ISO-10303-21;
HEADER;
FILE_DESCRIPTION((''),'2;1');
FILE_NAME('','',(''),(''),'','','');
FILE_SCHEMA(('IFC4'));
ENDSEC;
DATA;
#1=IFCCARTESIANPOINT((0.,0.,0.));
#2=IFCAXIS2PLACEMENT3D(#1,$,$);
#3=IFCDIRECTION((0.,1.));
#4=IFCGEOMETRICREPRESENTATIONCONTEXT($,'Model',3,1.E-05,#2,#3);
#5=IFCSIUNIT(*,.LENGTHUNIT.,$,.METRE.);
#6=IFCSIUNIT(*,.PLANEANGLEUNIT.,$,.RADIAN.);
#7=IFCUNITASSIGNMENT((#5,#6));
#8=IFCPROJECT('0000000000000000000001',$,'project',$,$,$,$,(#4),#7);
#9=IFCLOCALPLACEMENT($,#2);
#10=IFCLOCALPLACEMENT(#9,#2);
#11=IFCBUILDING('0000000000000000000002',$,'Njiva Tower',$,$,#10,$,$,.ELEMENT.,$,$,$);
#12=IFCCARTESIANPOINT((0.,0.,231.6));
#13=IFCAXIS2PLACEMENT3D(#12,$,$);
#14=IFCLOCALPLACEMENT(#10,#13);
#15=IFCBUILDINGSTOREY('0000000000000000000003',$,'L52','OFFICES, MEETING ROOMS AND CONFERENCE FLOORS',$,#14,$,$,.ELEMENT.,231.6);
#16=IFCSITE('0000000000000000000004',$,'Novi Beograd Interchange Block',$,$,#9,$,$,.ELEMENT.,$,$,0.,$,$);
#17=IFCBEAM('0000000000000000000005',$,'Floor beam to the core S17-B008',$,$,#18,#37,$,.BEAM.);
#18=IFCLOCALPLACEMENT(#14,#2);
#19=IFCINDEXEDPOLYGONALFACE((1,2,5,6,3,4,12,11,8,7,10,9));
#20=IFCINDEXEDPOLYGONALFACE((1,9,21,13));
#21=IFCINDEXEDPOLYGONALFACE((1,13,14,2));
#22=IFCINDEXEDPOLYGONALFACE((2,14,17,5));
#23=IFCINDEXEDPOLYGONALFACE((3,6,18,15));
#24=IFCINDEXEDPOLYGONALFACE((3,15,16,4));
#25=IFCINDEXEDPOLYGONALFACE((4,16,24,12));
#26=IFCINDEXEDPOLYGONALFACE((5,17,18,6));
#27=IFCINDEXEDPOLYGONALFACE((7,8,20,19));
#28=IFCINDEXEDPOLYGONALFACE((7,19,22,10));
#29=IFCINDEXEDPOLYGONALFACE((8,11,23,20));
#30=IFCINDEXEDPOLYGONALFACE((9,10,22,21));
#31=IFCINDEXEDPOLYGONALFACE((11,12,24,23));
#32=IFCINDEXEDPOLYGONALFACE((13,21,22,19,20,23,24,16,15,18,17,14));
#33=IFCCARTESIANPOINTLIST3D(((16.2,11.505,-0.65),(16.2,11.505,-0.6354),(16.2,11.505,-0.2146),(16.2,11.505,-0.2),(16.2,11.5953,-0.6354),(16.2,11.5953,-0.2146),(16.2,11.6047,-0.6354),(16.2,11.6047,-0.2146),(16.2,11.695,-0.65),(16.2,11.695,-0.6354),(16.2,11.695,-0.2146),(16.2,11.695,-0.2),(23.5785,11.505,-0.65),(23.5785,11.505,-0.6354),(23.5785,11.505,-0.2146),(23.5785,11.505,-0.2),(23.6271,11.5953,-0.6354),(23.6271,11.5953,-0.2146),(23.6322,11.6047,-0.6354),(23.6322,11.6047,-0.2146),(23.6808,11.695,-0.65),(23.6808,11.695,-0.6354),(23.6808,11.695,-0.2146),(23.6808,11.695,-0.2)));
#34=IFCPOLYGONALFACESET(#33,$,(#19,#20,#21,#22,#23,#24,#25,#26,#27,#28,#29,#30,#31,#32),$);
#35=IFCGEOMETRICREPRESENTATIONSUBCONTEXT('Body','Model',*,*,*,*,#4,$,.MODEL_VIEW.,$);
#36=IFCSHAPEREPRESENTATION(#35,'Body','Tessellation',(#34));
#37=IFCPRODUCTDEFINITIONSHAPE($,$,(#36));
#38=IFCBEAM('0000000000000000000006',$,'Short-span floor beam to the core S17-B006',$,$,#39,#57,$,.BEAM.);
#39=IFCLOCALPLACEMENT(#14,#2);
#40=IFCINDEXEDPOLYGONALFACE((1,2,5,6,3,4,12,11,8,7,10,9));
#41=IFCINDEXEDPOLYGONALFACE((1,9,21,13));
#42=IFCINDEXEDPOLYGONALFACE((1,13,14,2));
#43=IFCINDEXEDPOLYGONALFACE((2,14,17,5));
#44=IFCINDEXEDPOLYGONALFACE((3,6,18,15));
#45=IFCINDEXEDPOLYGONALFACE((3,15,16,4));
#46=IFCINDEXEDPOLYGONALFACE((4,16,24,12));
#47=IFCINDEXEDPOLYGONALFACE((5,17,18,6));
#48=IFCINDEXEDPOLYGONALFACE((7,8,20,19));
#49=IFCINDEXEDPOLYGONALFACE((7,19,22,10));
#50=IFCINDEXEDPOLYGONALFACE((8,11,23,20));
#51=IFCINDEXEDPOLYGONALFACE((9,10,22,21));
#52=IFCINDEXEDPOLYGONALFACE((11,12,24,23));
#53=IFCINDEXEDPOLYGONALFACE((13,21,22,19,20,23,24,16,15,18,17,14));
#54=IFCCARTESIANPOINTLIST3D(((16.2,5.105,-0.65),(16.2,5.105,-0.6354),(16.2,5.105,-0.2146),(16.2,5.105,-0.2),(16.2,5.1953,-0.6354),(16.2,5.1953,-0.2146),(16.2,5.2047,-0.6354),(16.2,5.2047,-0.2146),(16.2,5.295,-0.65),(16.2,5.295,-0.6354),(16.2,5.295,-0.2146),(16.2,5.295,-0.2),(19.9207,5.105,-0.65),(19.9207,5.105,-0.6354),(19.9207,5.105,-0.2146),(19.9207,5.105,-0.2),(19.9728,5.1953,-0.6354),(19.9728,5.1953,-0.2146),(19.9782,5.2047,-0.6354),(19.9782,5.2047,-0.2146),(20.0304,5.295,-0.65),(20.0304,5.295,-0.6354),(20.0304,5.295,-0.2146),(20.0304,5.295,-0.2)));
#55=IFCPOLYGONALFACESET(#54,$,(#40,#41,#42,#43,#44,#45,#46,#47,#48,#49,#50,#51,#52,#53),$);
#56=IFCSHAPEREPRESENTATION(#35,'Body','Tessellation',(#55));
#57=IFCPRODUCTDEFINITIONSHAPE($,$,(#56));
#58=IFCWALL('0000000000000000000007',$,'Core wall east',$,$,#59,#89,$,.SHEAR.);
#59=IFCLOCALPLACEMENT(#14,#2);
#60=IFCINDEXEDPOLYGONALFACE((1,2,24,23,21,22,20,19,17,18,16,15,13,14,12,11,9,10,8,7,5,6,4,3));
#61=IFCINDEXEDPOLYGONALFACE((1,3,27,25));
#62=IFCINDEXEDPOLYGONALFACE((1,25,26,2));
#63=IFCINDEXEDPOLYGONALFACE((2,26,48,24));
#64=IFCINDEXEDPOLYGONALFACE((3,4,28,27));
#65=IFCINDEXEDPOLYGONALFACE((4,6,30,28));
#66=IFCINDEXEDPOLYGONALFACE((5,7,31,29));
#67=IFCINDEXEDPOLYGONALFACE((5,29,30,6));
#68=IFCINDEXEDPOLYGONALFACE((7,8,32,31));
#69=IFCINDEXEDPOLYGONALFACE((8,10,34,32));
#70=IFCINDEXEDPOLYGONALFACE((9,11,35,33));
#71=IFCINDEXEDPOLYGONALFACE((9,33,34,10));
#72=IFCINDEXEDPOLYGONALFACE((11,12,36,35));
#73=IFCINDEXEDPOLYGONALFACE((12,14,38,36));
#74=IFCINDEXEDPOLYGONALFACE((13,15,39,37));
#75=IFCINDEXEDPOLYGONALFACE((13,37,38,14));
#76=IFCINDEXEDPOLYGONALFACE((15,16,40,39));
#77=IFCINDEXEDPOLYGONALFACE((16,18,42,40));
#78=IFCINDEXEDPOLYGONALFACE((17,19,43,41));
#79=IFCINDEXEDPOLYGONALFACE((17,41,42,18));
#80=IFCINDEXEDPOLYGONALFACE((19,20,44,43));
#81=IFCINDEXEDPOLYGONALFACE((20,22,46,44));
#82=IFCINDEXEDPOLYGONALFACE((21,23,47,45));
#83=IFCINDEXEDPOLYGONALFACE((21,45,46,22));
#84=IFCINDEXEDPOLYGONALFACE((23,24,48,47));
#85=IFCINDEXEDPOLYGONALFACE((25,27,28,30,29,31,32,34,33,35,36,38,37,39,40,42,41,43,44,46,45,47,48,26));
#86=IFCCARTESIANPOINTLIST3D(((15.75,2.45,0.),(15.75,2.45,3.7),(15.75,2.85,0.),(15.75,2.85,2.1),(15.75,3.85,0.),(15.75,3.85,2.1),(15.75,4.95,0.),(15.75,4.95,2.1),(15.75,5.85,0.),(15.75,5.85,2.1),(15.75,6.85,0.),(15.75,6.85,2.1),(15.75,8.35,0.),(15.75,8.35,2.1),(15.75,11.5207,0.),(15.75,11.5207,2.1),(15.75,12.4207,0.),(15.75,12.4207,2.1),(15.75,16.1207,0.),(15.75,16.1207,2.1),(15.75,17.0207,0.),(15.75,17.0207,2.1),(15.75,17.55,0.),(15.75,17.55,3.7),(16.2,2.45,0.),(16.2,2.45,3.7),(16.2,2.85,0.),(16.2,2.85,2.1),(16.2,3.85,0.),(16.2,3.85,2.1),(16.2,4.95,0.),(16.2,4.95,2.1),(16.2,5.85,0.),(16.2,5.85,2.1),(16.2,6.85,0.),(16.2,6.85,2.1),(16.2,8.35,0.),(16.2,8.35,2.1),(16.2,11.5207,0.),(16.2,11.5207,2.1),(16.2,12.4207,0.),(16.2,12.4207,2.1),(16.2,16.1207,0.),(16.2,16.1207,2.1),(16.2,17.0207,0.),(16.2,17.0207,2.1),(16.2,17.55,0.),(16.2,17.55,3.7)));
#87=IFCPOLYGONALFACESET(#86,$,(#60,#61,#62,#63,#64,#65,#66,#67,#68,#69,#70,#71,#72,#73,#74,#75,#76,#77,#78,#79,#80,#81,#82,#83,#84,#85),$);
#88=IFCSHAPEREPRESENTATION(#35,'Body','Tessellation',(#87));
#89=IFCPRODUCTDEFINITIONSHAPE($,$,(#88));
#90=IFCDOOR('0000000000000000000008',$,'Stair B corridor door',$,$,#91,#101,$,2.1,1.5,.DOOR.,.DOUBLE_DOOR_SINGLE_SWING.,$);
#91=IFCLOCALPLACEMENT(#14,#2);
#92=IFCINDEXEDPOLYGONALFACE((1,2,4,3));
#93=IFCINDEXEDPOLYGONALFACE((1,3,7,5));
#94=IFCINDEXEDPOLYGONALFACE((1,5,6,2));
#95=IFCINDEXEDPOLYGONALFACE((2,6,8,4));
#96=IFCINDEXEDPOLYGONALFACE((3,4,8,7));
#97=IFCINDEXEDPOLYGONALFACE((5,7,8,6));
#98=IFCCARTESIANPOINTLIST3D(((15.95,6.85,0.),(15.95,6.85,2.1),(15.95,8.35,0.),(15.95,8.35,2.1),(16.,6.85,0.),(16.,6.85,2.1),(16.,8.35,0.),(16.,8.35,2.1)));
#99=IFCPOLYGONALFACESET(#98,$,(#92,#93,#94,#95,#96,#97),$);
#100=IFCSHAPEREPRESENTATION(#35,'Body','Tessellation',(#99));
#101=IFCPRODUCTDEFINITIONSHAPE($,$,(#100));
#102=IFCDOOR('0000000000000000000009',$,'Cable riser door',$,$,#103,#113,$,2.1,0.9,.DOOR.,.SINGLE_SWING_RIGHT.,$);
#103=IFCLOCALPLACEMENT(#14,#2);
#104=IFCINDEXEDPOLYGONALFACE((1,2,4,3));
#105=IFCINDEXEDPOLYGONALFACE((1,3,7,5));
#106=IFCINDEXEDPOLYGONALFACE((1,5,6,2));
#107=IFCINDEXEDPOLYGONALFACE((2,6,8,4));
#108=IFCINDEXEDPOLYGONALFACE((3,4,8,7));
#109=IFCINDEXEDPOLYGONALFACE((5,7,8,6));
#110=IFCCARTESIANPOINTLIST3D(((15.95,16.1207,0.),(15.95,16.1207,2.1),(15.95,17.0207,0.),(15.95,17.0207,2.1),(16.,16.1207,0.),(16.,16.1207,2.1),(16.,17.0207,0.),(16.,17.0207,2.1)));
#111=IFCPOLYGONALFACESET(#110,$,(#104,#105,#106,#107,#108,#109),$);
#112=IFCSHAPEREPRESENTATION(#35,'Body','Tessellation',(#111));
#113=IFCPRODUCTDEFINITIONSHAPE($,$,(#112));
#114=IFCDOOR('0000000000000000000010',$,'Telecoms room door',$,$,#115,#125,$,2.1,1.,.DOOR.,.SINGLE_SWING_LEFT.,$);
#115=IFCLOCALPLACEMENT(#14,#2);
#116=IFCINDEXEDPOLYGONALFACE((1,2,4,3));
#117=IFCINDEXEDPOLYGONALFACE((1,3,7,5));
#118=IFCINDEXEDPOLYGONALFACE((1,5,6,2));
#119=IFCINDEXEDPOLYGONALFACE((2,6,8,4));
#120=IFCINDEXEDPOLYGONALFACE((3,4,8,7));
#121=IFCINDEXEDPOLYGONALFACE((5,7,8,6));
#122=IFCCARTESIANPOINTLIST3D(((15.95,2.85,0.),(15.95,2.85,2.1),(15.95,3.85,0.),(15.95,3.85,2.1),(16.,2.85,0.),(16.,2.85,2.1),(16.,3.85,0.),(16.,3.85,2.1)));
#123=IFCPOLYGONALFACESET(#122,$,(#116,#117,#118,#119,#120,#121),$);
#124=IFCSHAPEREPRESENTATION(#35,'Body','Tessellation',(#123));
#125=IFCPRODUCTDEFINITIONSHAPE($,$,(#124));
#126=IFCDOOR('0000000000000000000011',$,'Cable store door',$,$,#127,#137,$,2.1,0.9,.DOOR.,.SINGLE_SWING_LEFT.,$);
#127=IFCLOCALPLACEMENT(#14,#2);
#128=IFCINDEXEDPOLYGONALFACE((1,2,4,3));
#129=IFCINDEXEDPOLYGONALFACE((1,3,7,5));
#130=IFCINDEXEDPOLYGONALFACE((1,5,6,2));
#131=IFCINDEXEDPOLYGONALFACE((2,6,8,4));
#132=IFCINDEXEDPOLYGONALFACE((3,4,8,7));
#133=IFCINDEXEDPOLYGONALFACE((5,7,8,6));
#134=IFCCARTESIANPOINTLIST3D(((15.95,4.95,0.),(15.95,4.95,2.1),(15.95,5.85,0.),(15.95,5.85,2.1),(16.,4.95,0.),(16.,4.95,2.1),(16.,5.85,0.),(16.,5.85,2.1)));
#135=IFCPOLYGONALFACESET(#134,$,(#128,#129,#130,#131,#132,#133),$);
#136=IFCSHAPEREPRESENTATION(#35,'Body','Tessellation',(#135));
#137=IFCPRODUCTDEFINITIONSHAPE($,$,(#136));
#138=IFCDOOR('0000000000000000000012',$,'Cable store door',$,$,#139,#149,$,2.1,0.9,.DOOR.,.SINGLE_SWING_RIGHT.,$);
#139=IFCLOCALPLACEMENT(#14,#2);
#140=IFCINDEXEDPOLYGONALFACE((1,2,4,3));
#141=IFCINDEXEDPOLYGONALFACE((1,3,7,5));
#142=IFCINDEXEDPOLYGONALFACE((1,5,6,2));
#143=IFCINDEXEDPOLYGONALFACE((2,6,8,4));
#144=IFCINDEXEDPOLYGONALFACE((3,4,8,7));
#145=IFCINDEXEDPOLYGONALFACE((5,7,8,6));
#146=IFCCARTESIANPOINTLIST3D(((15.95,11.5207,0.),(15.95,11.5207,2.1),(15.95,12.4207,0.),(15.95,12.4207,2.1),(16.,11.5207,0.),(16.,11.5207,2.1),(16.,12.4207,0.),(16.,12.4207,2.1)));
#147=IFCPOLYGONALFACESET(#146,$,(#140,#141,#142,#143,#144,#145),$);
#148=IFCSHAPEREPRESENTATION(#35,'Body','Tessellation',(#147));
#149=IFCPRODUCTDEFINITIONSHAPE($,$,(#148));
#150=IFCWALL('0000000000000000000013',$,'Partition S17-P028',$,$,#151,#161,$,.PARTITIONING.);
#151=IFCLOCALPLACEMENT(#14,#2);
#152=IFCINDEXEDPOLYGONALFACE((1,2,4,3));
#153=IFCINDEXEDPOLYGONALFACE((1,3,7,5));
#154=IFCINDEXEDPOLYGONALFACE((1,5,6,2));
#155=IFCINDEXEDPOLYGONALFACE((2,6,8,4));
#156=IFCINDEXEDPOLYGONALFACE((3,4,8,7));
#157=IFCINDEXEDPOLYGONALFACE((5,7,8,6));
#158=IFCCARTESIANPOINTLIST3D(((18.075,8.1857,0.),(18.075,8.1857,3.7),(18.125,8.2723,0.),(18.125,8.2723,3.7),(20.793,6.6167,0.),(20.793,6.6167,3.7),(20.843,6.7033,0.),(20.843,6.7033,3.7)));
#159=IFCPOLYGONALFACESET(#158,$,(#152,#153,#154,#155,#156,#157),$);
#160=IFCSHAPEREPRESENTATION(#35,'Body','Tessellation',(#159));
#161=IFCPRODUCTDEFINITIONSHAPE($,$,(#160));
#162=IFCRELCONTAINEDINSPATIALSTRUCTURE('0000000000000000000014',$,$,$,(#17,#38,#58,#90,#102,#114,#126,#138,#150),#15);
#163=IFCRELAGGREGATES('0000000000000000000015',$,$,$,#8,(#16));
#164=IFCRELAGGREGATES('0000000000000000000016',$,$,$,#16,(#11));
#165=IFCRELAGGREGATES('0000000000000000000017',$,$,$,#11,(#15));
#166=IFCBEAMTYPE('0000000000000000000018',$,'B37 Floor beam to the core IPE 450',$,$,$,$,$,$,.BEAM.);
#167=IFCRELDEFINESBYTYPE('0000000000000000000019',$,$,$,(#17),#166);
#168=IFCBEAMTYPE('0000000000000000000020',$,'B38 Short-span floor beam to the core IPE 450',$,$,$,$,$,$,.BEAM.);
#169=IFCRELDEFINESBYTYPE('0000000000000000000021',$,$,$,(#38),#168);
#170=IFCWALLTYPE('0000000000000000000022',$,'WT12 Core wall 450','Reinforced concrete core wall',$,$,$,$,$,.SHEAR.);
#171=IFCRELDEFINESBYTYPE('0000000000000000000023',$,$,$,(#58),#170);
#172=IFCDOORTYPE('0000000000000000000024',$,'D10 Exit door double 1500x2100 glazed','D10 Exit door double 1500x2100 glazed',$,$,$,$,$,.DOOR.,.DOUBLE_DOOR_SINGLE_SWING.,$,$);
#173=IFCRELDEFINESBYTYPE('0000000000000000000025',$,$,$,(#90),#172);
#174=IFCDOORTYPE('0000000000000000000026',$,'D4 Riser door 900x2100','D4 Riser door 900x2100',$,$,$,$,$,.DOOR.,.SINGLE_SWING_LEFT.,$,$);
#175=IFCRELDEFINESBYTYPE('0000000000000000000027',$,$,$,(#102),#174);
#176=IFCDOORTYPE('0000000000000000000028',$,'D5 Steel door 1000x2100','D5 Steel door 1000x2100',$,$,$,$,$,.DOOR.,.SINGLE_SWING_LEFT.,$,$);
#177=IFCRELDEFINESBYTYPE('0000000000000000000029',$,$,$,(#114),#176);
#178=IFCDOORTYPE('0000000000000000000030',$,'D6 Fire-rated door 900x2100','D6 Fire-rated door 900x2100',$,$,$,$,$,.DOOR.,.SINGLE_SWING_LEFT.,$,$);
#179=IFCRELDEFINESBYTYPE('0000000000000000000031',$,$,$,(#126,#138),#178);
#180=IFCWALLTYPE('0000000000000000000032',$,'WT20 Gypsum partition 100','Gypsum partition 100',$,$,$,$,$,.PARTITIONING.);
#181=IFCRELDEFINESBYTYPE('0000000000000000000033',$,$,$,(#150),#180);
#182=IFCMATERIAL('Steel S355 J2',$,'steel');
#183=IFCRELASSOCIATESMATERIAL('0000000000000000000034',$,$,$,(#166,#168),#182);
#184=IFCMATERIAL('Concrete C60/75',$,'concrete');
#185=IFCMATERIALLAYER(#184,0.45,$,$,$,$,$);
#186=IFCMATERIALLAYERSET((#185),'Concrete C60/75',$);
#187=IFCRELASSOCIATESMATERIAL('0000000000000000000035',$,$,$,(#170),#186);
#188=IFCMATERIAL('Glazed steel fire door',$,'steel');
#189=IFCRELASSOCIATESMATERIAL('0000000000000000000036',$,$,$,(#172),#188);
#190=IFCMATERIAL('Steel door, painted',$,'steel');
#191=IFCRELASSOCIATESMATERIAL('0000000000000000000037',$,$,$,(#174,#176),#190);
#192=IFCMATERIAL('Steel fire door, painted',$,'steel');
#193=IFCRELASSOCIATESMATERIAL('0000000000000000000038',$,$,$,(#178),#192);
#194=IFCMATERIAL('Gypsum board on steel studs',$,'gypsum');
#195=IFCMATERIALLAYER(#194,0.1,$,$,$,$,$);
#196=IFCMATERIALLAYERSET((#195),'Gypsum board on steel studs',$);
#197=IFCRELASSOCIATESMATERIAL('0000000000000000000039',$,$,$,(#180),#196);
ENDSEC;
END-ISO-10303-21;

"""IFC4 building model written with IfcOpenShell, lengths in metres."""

from ifc_helpers import new_model, si_unit, direction, frame, frame_2d, origin, origin_2d, place, context, subcontext, project, spatial, rectangle, i_section, extrude, clip, halfspace, material, layer, layer_set, material_profile, profile_set, type_object, element, fill, save


model = new_model("IFC4")

# Units and contexts
model_context = context("Model", 3, precision=1e-05, world=origin(), true_north=direction((0.0, 1.0)))
body_context = subcontext(model_context, "Body", "Model", "MODEL_VIEW")
ifc_project = project(units=[si_unit("LENGTHUNIT", "METRE"), si_unit("PLANEANGLEUNIT", "RADIAN")], contexts=[model_context])

# Site, building, storey
site_placement = place(None, origin())
site = spatial("IfcSite", under=ifc_project, at=site_placement, Name="Novi Beograd Interchange Block", CompositionType="ELEMENT", RefElevation=0.0)
building_placement = place(site_placement, origin())
building = spatial("IfcBuilding", under=site, at=building_placement, Name="Njiva Tower", CompositionType="ELEMENT")
storey_placement = place(building_placement, frame((0.0, 0.0, 231.6)))
storey = spatial("IfcBuildingStorey", under=building, at=storey_placement, Name="L52", Description="OFFICES, MEETING ROOMS AND CONFERENCE FLOORS", CompositionType="ELEMENT", Elevation=231.6)

# Shared definitions
ifc_material_1 = material(Name="Steel S355 J2", Category="steel")

# Beams
ifc_material_profile_1 = material_profile(ifc_material_1, i_section(OverallWidth=0.19, OverallDepth=0.45, WebThickness=0.0094, FlangeThickness=0.0146, at=origin_2d()), Name="IPE 450")
ifc_profile_set_1 = profile_set([ifc_material_profile_1], Name="Steel S355 J2")
beam_type_1 = type_object("IfcBeamType", Name="B37 Floor beam to the core IPE 450", PredefinedType="BEAM", material=ifc_profile_set_1)
beam_1_placement = place(storey_placement, frame((16.2, 11.6, -0.425), z_axis=(1.0, 0.0, 0.0), x_axis=(0.0, 1.0, 0.0)))
element("IfcBeam", 1, at=beam_1_placement, inside=storey, type_object=beam_type_1, Name="Floor beam to the core S17-B008", PredefinedType="BEAM", context=body_context, shape_type="Clipping", body=[
    clip(extrude(i_section(OverallWidth=0.19, OverallDepth=0.45, WebThickness=0.0094, FlangeThickness=0.0146, at=origin_2d()), origin(), (0.0, 0.0, 1.0), 7.501), halfspace(frame((-0.0237, 0.0, 7.4169), z_axis=(-0.473762, 0.0, 0.880653), x_axis=(0.0, 1.0, 0.0)), False)),
])
ifc_material_profile_2 = material_profile(ifc_material_1, i_section(OverallWidth=0.19, OverallDepth=0.45, WebThickness=0.0094, FlangeThickness=0.0146, at=origin_2d()), Name="IPE 450")
ifc_profile_set_2 = profile_set([ifc_material_profile_2], Name="Steel S355 J2")
beam_type_2 = type_object("IfcBeamType", Name="B38 Short-span floor beam to the core IPE 450", PredefinedType="BEAM", material=ifc_profile_set_2)
beam_2_placement = place(storey_placement, frame((16.2, 5.2, -0.425), z_axis=(1.0, 0.0, 0.0), x_axis=(0.0, 1.0, 0.0)))
element("IfcBeam", 2, at=beam_2_placement, inside=storey, type_object=beam_type_2, Name="Short-span floor beam to the core S17-B006", PredefinedType="BEAM", context=body_context, shape_type="Clipping", body=[
    clip(extrude(i_section(OverallWidth=0.19, OverallDepth=0.45, WebThickness=0.0094, FlangeThickness=0.0146, at=origin_2d()), origin(), (0.0, 0.0, 1.0), 3.851), halfspace(frame((-0.025, 0.0, 3.7611), z_axis=(-0.499998, 0.0, 0.866027), x_axis=(0.0, 1.0, 0.0)), False)),
])

# Wall, openings, doors
ifc_material_2 = material(Name="Concrete C60/75", Category="concrete")
ifc_layer_1 = layer(ifc_material_2, 0.45)
ifc_layer_set_1 = layer_set([ifc_layer_1], Name="Concrete C60/75")
wall_type_1 = type_object("IfcWallType", Name="WT12 Core wall 450", Description="Reinforced concrete core wall", PredefinedType="SHEAR", material=ifc_layer_set_1)
wall_1_placement = place(storey_placement, frame((15.975, 2.45, 0.0), z_axis=(0.0, 0.0, 1.0), x_axis=(0.0, 1.0, 0.0)))
wall_1 = element("IfcWall", 3, at=wall_1_placement, inside=storey, type_object=wall_type_1, Name="Core wall east", PredefinedType="SHEAR", context=body_context, shape_type="SweptSolid", body=[
    extrude(rectangle(XDim=15.1, YDim=0.45, at=frame_2d((7.55, 0.0))), origin(), (0.0, 0.0, 1.0), 3.7),
])
opening_1_placement = place(wall_1_placement, frame((4.4, 0.0, 0.0)))
opening_1 = element("IfcOpeningElement", 4, at=opening_1_placement, cuts=wall_1, PredefinedType="OPENING", context=body_context, shape_type="SweptSolid", body=[
    extrude(rectangle(XDim=1.5, YDim=2.1, at=frame_2d((0.75, 1.05))), frame((0.0, 0.235, 0.0), z_axis=(0.0, -1.0, 0.0), x_axis=(1.0, 0.0, 0.0)), (0.0, 0.0, 1.0), 0.47),
])
opening_2_placement = place(wall_1_placement, frame((0.4, 0.0, 0.0)))
opening_2 = element("IfcOpeningElement", 5, at=opening_2_placement, cuts=wall_1, PredefinedType="OPENING", context=body_context, shape_type="SweptSolid", body=[
    extrude(rectangle(XDim=1.0, YDim=2.1, at=frame_2d((0.5, 1.05))), frame((0.0, 0.235, 0.0), z_axis=(0.0, -1.0, 0.0), x_axis=(1.0, 0.0, 0.0)), (0.0, 0.0, 1.0), 0.47),
])
opening_3_placement = place(wall_1_placement, frame((2.5, 0.0, 0.0)))
opening_3 = element("IfcOpeningElement", 6, at=opening_3_placement, cuts=wall_1, PredefinedType="OPENING", context=body_context, shape_type="SweptSolid", body=[
    extrude(rectangle(XDim=0.9, YDim=2.1, at=frame_2d((0.45, 1.05))), frame((0.0, 0.235, 0.0), z_axis=(0.0, -1.0, 0.0), x_axis=(1.0, 0.0, 0.0)), (0.0, 0.0, 1.0), 0.47),
])
opening_4_placement = place(wall_1_placement, frame((9.0707, 0.0, 0.0)))
opening_4 = element("IfcOpeningElement", 7, at=opening_4_placement, cuts=wall_1, PredefinedType="OPENING", context=body_context, shape_type="SweptSolid", body=[
    extrude(rectangle(XDim=0.9, YDim=2.1, at=frame_2d((0.45, 1.05))), frame((0.0, 0.235, 0.0), z_axis=(0.0, -1.0, 0.0), x_axis=(1.0, 0.0, 0.0)), (0.0, 0.0, 1.0), 0.47),
])
opening_5_placement = place(wall_1_placement, frame((13.6707, 0.0, 0.0)))
opening_5 = element("IfcOpeningElement", 8, at=opening_5_placement, cuts=wall_1, PredefinedType="OPENING", context=body_context, shape_type="SweptSolid", body=[
    extrude(rectangle(XDim=0.9, YDim=2.1, at=frame_2d((0.45, 1.05))), frame((0.0, 0.235, 0.0), z_axis=(0.0, -1.0, 0.0), x_axis=(1.0, 0.0, 0.0)), (0.0, 0.0, 1.0), 0.47),
])
ifc_material_3 = material(Name="Glazed steel fire door", Category="steel")
door_type_1 = type_object("IfcDoorType", Name="D10 Exit door double 1500x2100 glazed", Description="D10 Exit door double 1500x2100 glazed", OperationType="DOUBLE_DOOR_SINGLE_SWING", PredefinedType="DOOR", material=ifc_material_3)
door_1_placement = place(opening_1_placement, origin())
door_1 = element("IfcDoor", 9, at=door_1_placement, inside=storey, type_object=door_type_1, Name="Stair B corridor door", OperationType="DOUBLE_DOOR_SINGLE_SWING", OverallHeight=2.1, OverallWidth=1.5, PredefinedType="DOOR", context=body_context, shape_type="SweptSolid", body=[
    extrude(rectangle(XDim=1.5, YDim=2.1, at=frame_2d((0.75, 1.05))), frame((0.0, 0.025, 0.0), z_axis=(0.0, -1.0, 0.0), x_axis=(1.0, 0.0, 0.0)), (0.0, 0.0, 1.0), 0.05),
])
fill(opening_1, door_1)
ifc_material_4 = material(Name="Steel door, painted", Category="steel")
door_type_2 = type_object("IfcDoorType", Name="D4 Riser door 900x2100", Description="D4 Riser door 900x2100", OperationType="SINGLE_SWING_LEFT", PredefinedType="DOOR", material=ifc_material_4)
door_2_placement = place(opening_5_placement, origin())
door_2 = element("IfcDoor", 10, at=door_2_placement, inside=storey, type_object=door_type_2, Name="Cable riser door", OperationType="SINGLE_SWING_RIGHT", OverallHeight=2.1, OverallWidth=0.9, PredefinedType="DOOR", context=body_context, shape_type="SweptSolid", body=[
    extrude(rectangle(XDim=0.9, YDim=2.1, at=frame_2d((0.45, 1.05))), frame((0.0, 0.025, 0.0), z_axis=(0.0, -1.0, 0.0), x_axis=(1.0, 0.0, 0.0)), (0.0, 0.0, 1.0), 0.05),
])
fill(opening_5, door_2)
door_type_3 = type_object("IfcDoorType", Name="D5 Steel door 1000x2100", Description="D5 Steel door 1000x2100", OperationType="SINGLE_SWING_LEFT", PredefinedType="DOOR", material=ifc_material_4)
door_3_placement = place(opening_2_placement, origin())
door_3 = element("IfcDoor", 11, at=door_3_placement, inside=storey, type_object=door_type_3, Name="Telecoms room door", OperationType="SINGLE_SWING_LEFT", OverallHeight=2.1, OverallWidth=1.0, PredefinedType="DOOR", context=body_context, shape_type="SweptSolid", body=[
    extrude(rectangle(XDim=1.0, YDim=2.1, at=frame_2d((0.5, 1.05))), frame((0.0, 0.025, 0.0), z_axis=(0.0, -1.0, 0.0), x_axis=(1.0, 0.0, 0.0)), (0.0, 0.0, 1.0), 0.05),
])
fill(opening_2, door_3)
ifc_material_5 = material(Name="Steel fire door, painted", Category="steel")
door_type_4 = type_object("IfcDoorType", Name="D6 Fire-rated door 900x2100", Description="D6 Fire-rated door 900x2100", OperationType="SINGLE_SWING_LEFT", PredefinedType="DOOR", material=ifc_material_5)
door_4_placement = place(opening_3_placement, origin())
door_4 = element("IfcDoor", 12, at=door_4_placement, inside=storey, type_object=door_type_4, Name="Cable store door", OperationType="SINGLE_SWING_LEFT", OverallHeight=2.1, OverallWidth=0.9, PredefinedType="DOOR", context=body_context, shape_type="SweptSolid", body=[
    extrude(rectangle(XDim=0.9, YDim=2.1, at=frame_2d((0.45, 1.05))), frame((0.0, 0.025, 0.0), z_axis=(0.0, -1.0, 0.0), x_axis=(1.0, 0.0, 0.0)), (0.0, 0.0, 1.0), 0.05),
])
fill(opening_3, door_4)
door_5_placement = place(opening_4_placement, origin())
door_5 = element("IfcDoor", 13, at=door_5_placement, inside=storey, type_object=door_type_4, Name="Cable store door", OperationType="SINGLE_SWING_RIGHT", OverallHeight=2.1, OverallWidth=0.9, PredefinedType="DOOR", context=body_context, shape_type="SweptSolid", body=[
    extrude(rectangle(XDim=0.9, YDim=2.1, at=frame_2d((0.45, 1.05))), frame((0.0, 0.025, 0.0), z_axis=(0.0, -1.0, 0.0), x_axis=(1.0, 0.0, 0.0)), (0.0, 0.0, 1.0), 0.05),
])
fill(opening_4, door_5)

# Wall
ifc_material_6 = material(Name="Gypsum board on steel studs", Category="gypsum")
ifc_layer_2 = layer(ifc_material_6, 0.1)
ifc_layer_set_2 = layer_set([ifc_layer_2], Name="Gypsum board on steel studs")
wall_type_2 = type_object("IfcWallType", Name="WT20 Gypsum partition 100", Description="Gypsum partition 100", PredefinedType="PARTITIONING", material=ifc_layer_set_2)
wall_2_placement = place(storey_placement, frame((18.1, 8.229, 0.0), z_axis=(0.0, 0.0, 1.0), x_axis=(0.866058, -0.499943, 0.0)))
element("IfcWall", 14, at=wall_2_placement, inside=storey, type_object=wall_type_2, Name="Partition S17-P028", PredefinedType="PARTITIONING", context=body_context, shape_type="SweptSolid", body=[
    extrude(rectangle(XDim=3.1384, YDim=0.1, at=frame_2d((1.5692, 0.0))), origin(), (0.0, 0.0, 1.0), 3.7),
])

save(model, "model.ifc")
